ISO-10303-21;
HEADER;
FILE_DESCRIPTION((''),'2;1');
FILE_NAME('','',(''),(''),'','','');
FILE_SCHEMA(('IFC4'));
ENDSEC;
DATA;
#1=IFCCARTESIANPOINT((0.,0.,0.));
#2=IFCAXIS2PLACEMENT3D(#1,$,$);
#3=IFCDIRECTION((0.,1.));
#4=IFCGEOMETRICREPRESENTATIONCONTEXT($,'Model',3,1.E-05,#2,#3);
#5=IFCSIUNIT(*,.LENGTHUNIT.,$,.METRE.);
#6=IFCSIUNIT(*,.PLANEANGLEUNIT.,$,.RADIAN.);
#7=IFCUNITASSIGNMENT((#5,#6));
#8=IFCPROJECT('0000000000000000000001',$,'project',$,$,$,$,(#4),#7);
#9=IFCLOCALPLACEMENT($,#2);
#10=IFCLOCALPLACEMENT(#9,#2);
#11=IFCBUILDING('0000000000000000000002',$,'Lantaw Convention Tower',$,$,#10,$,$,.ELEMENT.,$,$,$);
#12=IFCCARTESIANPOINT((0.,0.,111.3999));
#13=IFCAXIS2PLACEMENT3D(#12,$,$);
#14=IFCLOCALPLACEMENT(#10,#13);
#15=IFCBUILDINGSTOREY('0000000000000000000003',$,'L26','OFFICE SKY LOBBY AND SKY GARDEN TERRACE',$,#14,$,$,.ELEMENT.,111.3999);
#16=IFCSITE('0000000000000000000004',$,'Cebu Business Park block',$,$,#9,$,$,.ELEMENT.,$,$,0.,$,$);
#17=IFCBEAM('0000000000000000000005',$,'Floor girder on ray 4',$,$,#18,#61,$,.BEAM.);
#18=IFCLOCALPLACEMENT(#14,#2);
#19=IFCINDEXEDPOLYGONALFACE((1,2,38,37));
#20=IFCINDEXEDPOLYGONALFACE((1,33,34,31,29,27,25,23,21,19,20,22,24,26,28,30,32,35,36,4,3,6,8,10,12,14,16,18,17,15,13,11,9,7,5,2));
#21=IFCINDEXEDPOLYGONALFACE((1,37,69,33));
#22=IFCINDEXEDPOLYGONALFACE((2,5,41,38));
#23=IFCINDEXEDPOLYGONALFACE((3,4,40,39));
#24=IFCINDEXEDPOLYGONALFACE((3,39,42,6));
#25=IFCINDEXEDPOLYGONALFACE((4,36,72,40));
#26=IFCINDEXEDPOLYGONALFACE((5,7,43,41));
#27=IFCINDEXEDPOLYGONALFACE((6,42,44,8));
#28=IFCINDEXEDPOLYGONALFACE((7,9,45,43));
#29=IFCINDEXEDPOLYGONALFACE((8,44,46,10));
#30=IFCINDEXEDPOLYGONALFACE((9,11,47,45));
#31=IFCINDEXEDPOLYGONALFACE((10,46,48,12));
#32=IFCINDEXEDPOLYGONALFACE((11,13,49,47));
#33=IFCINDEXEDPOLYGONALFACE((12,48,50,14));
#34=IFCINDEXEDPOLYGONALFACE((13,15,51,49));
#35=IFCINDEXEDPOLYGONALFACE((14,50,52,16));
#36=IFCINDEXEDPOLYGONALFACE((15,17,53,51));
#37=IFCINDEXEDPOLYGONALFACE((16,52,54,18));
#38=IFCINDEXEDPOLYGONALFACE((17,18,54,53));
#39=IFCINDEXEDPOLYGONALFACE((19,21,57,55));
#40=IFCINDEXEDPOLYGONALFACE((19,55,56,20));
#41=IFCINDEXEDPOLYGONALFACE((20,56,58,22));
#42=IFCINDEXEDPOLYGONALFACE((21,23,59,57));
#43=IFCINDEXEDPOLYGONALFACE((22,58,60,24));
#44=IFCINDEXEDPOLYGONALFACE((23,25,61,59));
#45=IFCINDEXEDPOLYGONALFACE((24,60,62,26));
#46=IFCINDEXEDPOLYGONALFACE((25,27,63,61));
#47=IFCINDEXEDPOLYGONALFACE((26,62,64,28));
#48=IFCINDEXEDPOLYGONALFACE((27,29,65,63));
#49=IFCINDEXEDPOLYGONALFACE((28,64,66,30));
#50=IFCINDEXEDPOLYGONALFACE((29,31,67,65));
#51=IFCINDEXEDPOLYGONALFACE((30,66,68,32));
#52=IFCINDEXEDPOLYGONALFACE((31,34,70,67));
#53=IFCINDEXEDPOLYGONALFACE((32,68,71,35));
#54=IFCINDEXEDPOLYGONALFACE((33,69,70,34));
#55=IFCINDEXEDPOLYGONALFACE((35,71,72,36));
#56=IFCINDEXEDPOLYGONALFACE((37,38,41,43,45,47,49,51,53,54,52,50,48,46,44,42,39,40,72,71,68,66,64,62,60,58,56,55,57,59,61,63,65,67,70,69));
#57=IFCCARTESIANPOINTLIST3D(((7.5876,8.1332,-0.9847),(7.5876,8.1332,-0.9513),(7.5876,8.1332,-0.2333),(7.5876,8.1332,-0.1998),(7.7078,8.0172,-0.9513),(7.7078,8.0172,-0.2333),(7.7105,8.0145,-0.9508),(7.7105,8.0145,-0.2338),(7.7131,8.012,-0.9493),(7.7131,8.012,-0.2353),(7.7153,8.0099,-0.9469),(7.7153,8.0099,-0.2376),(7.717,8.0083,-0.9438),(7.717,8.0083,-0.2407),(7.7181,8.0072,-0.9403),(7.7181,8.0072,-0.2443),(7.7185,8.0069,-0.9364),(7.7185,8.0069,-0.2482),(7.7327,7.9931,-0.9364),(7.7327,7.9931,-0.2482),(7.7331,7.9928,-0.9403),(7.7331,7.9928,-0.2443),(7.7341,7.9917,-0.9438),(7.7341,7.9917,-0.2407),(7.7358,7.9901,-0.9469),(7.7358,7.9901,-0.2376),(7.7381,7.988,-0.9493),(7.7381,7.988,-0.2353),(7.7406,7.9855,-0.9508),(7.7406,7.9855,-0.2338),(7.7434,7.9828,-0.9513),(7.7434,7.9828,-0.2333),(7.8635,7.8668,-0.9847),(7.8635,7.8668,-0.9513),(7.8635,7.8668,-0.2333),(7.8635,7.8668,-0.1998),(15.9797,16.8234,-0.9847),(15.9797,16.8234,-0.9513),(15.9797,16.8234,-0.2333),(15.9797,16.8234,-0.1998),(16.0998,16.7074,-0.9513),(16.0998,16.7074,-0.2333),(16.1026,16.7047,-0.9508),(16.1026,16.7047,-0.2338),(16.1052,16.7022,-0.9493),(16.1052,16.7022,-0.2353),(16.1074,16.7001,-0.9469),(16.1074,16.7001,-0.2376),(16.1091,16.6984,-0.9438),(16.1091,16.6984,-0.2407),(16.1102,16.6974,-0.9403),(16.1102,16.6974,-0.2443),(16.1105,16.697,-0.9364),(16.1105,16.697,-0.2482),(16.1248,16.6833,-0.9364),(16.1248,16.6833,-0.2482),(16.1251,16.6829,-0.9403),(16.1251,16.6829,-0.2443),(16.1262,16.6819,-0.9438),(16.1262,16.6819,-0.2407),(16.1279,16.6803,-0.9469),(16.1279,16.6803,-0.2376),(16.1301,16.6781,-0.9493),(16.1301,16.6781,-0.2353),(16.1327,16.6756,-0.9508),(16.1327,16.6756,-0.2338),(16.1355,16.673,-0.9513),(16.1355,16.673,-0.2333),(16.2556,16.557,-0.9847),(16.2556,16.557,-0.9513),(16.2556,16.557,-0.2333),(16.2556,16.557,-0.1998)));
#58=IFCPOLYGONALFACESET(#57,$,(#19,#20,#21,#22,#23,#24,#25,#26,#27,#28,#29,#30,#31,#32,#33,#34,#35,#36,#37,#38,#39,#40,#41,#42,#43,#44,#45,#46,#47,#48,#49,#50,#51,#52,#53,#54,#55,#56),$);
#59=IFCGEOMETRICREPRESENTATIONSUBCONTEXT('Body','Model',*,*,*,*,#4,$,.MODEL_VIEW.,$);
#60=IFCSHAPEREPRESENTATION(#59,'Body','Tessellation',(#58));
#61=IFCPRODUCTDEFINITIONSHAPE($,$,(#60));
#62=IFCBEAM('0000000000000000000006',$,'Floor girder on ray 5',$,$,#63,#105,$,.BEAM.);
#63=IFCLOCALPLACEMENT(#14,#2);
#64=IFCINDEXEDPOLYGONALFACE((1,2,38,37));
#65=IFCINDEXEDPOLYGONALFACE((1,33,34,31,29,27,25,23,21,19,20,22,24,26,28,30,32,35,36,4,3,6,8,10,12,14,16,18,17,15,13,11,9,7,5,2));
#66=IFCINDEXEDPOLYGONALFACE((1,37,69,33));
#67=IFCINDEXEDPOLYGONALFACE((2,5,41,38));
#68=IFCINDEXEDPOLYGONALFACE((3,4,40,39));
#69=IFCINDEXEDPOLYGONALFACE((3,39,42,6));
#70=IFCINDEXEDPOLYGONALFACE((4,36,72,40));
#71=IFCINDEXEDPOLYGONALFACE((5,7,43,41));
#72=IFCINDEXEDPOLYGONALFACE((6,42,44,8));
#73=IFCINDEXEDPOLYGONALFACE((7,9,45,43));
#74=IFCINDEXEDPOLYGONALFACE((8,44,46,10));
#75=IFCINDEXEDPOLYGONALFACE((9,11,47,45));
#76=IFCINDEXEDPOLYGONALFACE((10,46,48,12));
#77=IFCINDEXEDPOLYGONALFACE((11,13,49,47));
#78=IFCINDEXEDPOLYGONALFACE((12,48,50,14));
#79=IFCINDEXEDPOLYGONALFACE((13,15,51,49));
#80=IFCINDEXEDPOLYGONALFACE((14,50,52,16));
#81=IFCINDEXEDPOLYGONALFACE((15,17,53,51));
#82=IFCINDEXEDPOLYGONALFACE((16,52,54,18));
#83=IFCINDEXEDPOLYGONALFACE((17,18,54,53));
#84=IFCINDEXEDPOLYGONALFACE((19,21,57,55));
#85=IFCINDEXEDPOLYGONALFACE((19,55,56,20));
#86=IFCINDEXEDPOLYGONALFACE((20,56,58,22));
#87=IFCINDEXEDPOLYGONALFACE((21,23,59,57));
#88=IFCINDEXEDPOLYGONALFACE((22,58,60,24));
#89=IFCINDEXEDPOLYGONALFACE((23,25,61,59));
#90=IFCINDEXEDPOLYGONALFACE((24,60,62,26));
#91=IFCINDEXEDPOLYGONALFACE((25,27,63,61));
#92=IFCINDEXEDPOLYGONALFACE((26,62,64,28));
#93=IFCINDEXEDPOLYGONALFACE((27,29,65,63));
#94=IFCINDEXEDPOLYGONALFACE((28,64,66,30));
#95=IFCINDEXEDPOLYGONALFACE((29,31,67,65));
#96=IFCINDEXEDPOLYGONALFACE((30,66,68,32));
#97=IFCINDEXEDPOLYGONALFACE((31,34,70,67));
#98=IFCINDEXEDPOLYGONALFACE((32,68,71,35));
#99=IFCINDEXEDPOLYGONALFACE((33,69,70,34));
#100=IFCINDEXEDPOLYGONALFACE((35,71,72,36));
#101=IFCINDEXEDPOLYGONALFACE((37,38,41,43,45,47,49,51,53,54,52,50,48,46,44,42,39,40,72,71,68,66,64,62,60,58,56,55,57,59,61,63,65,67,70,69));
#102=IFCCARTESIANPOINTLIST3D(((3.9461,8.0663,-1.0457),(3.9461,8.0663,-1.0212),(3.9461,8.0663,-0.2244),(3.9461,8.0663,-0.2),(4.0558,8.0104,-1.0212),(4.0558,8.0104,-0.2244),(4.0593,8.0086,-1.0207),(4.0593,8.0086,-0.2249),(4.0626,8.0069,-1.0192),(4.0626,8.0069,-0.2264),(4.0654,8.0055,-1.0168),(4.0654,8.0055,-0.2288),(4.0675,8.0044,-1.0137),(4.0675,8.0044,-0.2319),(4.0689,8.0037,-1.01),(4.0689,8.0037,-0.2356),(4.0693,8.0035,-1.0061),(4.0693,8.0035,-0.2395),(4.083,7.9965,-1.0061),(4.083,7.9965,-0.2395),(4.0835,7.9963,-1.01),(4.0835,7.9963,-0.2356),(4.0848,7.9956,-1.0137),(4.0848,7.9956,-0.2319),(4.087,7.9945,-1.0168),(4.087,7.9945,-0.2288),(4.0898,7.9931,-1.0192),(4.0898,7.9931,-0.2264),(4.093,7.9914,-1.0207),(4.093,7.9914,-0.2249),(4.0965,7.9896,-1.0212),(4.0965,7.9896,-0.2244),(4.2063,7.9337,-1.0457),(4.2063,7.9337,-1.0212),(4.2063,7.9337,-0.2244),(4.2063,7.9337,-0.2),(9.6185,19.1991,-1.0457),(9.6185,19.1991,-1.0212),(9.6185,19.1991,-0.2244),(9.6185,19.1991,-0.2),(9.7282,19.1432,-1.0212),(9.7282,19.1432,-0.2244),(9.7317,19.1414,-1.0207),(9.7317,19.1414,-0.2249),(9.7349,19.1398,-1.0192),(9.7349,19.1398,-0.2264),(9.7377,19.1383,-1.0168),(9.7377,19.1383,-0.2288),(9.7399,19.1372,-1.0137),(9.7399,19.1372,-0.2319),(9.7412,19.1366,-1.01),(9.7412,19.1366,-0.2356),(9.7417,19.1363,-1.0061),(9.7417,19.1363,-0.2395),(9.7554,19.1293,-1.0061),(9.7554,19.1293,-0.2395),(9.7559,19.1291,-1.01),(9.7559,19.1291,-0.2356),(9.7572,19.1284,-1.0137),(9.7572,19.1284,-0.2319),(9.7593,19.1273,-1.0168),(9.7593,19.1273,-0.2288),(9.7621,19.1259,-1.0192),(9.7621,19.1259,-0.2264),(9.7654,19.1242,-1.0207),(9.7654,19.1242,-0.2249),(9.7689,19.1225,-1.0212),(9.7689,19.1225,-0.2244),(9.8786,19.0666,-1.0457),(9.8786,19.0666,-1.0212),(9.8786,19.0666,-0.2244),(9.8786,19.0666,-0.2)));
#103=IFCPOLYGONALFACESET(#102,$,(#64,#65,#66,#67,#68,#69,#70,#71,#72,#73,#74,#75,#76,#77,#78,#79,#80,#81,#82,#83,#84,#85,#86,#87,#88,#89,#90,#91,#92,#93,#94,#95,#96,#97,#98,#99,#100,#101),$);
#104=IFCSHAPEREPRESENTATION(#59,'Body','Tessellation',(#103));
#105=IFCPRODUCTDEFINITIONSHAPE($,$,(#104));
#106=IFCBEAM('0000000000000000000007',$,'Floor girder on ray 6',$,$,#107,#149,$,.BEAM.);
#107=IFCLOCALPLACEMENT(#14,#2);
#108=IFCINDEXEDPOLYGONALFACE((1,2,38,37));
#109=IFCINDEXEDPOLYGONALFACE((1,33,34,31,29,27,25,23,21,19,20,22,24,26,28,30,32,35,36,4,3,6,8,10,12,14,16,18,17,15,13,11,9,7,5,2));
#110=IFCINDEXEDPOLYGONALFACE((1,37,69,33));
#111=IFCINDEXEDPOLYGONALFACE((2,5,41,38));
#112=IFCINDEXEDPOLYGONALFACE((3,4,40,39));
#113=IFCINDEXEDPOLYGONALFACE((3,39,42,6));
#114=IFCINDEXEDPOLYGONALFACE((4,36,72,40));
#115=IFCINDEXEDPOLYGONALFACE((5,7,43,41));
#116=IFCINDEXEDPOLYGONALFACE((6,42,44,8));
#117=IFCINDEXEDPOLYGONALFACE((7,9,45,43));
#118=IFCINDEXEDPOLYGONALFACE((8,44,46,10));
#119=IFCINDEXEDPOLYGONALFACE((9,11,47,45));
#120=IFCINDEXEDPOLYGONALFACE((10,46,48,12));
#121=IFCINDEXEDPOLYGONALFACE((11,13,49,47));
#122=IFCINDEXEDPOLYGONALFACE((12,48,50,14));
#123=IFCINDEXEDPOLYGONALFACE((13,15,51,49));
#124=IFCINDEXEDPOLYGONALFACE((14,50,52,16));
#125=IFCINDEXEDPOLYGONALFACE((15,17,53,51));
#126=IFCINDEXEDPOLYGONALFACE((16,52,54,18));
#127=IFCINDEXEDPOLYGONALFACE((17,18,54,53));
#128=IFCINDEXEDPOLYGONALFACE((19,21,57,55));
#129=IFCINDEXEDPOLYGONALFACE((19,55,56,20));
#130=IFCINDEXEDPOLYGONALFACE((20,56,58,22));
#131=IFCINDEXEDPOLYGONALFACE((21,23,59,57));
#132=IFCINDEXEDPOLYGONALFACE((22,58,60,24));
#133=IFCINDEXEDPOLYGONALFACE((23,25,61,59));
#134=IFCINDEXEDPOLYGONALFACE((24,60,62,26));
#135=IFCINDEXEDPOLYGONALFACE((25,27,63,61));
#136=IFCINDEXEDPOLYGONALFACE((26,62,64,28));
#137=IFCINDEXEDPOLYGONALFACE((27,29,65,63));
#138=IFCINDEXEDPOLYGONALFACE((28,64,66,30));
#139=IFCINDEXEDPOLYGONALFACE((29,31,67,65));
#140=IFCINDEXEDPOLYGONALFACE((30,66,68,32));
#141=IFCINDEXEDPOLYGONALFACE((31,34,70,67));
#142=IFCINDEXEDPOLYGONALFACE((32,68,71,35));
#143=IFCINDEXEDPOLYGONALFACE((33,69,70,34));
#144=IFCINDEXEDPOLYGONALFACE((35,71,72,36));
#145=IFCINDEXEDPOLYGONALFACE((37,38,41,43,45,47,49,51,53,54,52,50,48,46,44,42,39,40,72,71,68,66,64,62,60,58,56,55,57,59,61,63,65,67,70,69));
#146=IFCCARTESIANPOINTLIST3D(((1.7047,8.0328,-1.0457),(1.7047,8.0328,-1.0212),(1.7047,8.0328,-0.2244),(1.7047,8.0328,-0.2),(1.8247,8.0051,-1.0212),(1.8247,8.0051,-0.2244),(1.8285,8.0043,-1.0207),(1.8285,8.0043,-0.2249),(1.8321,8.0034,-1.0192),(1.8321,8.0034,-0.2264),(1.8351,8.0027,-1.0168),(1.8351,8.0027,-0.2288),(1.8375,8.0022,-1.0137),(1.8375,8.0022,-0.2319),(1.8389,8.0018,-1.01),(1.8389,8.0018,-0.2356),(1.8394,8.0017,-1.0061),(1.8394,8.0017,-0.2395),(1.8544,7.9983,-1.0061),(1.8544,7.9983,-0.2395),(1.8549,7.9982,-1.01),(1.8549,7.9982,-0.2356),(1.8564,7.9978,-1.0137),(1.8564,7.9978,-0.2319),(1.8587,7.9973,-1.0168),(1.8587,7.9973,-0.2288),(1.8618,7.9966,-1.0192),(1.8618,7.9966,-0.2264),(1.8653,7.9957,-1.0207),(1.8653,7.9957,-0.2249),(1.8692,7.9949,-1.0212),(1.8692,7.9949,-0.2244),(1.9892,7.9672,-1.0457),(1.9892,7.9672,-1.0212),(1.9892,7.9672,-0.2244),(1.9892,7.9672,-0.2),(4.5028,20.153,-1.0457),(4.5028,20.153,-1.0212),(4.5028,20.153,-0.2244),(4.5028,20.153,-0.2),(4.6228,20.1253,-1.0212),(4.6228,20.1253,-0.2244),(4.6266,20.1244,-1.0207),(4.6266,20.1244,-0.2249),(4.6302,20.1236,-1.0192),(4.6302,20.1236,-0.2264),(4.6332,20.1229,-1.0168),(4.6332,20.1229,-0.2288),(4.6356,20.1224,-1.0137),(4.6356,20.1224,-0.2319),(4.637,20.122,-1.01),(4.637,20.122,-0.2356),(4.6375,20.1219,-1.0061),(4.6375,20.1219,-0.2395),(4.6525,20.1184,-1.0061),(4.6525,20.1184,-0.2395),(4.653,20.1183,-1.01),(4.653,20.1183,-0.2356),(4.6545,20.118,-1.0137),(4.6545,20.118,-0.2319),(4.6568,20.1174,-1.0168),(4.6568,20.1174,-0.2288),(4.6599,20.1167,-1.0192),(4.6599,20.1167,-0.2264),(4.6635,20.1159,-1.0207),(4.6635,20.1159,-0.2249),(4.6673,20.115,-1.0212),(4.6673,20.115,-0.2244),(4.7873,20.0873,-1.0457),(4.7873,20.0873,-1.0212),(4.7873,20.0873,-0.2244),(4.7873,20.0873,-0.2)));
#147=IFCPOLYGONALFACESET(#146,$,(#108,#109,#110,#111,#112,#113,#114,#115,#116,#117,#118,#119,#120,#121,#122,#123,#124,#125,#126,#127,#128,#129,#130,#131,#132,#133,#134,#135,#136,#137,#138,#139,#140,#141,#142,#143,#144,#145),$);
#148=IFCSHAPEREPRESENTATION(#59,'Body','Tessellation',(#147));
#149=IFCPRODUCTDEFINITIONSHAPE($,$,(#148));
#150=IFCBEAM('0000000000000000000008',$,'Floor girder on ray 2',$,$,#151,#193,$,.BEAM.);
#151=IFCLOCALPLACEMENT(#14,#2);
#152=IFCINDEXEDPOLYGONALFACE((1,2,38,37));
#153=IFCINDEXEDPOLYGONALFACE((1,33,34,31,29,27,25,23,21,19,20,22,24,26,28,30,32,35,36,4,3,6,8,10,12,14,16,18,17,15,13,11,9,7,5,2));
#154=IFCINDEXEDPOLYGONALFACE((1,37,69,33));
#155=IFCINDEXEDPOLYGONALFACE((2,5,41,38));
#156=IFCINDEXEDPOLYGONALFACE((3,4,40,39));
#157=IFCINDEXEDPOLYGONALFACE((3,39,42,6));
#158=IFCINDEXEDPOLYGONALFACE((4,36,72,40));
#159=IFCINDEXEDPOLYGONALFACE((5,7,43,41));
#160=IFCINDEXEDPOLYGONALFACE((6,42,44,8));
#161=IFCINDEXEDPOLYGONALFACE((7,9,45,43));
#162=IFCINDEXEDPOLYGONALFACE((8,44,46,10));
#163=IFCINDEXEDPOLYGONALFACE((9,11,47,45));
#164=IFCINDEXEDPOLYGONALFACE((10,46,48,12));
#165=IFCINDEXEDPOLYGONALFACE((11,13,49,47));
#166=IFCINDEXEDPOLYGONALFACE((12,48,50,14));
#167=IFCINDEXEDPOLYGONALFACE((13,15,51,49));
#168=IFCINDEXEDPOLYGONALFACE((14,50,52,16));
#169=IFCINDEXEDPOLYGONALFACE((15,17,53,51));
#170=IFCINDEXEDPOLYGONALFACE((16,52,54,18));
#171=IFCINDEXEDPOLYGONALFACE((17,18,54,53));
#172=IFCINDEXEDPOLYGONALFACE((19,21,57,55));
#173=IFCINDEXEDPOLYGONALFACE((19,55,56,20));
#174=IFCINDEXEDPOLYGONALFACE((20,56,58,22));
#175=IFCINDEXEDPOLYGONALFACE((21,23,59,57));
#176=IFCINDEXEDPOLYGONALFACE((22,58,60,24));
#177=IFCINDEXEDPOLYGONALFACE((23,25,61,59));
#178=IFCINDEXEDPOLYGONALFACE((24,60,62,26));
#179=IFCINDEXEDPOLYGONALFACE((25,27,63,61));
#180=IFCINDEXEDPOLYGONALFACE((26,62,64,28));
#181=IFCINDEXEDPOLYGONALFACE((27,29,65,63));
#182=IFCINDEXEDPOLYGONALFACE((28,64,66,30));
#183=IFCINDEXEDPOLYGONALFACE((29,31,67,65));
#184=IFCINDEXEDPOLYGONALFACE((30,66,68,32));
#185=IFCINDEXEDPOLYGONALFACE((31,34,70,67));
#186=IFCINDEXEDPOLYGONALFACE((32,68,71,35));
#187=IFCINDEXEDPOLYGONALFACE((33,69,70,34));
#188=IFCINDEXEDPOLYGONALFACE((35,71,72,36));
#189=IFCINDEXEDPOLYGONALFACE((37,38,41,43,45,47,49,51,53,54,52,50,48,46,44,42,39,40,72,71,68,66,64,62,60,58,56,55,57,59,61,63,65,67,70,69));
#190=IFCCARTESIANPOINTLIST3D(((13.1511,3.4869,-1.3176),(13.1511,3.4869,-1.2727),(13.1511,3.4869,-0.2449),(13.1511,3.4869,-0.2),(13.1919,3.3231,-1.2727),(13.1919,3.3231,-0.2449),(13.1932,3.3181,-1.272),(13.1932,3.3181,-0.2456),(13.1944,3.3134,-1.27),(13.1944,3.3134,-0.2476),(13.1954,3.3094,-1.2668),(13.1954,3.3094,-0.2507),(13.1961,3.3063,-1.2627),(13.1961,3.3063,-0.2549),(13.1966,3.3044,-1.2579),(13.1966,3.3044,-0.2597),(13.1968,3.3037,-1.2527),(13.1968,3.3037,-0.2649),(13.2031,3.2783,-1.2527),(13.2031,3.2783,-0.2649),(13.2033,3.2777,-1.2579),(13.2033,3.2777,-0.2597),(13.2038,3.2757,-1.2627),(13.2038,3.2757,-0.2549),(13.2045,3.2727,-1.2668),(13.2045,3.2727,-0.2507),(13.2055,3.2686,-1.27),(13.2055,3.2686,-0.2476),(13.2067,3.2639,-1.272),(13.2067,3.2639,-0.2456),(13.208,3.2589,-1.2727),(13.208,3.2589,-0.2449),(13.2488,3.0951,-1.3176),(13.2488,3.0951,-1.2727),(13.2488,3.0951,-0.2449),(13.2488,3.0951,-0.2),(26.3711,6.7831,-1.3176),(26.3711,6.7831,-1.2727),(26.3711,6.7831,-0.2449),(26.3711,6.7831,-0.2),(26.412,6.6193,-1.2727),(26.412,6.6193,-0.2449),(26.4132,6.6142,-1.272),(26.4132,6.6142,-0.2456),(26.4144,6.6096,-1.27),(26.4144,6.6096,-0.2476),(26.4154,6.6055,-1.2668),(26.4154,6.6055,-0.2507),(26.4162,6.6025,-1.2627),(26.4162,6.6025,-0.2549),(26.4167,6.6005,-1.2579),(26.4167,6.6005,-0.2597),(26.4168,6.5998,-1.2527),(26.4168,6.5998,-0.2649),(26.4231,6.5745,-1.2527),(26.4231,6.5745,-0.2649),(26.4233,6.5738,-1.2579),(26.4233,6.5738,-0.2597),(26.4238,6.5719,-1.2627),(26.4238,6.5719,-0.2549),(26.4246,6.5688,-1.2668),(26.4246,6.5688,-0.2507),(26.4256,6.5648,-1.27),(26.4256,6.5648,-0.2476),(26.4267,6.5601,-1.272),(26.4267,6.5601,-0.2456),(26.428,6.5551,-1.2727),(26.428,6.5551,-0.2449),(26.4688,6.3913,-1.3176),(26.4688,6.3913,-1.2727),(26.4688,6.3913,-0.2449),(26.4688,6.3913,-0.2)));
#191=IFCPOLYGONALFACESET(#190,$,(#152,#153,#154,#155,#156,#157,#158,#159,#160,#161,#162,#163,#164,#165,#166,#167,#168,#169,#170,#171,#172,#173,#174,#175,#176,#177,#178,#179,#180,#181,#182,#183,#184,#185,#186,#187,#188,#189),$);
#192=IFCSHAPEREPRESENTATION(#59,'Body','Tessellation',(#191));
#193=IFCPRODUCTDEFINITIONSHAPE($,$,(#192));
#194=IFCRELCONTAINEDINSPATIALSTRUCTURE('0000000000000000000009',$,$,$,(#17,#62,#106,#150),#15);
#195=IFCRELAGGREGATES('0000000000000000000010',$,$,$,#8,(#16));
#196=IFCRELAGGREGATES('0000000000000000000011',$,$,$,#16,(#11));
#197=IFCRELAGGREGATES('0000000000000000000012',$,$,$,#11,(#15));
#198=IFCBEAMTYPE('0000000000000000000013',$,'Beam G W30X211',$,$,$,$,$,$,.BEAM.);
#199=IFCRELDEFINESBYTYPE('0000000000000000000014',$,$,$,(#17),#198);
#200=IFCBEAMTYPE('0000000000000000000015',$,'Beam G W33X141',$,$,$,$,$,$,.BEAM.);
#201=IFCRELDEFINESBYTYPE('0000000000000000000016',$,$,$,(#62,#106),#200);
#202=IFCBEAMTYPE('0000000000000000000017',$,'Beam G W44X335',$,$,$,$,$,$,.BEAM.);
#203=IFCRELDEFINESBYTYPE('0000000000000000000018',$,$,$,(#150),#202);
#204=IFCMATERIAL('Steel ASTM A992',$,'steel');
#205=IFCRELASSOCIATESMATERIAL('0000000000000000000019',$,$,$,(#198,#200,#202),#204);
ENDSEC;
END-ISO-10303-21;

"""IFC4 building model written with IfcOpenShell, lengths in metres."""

from ifc_helpers import new_model, si_unit, direction, frame, origin, origin_2d, place, context, subcontext, project, spatial, i_section, extrude, material, material_profile, profile_set, type_object, element, save


model = new_model("IFC4")

# Units and contexts
model_context = context("Model", 3, precision=1e-05, world=origin(), true_north=direction((0.0, 1.0)))
body_context = subcontext(model_context, "Body", "Model", "MODEL_VIEW")
ifc_project = project(units=[si_unit("LENGTHUNIT", "METRE"), si_unit("PLANEANGLEUNIT", "RADIAN")], contexts=[model_context])

# Site, building, storey
site_placement = place(None, origin())
site = spatial("IfcSite", under=ifc_project, at=site_placement, Name="Cebu Business Park block", CompositionType="ELEMENT", RefElevation=0.0)
building_placement = place(site_placement, origin())
building = spatial("IfcBuilding", under=site, at=building_placement, Name="Lantaw Convention Tower", CompositionType="ELEMENT")
storey_placement = place(building_placement, frame((0.0, 0.0, 111.3999)))
storey = spatial("IfcBuildingStorey", under=building, at=storey_placement, Name="L26", Description="OFFICE SKY LOBBY AND SKY GARDEN TERRACE", CompositionType="ELEMENT", Elevation=111.3999)

# Beams
ifc_material_1 = material(Name="Steel ASTM A992", Category="steel")
ifc_material_profile_1 = material_profile(ifc_material_1, i_section(OverallWidth=0.3835, OverallDepth=0.7849, WebThickness=0.0198, FlangeThickness=0.0334, FilletRadius=0.0149, at=origin_2d()), Name="W30X211")
ifc_profile_set_1 = profile_set([ifc_material_profile_1], Name="Steel ASTM A992")
beam_type_1 = type_object("IfcBeamType", Name="Beam G W30X211", PredefinedType="BEAM", material=ifc_profile_set_1)
beam_1_placement = place(storey_placement, frame((7.7256, 8.0, -0.5923), z_axis=(0.694662, 0.719337, 0.0), x_axis=(-0.719337, 0.694662, 0.0)))
element("IfcBeam", 1, at=beam_1_placement, inside=storey, type_object=beam_type_1, Name="Floor girder on ray 4", PredefinedType="BEAM", context=body_context, shape_type="SweptSolid", body=[
    extrude(i_section(OverallWidth=0.3835, OverallDepth=0.7849, WebThickness=0.0198, FlangeThickness=0.0334, FilletRadius=0.0149, at=origin_2d()), origin(), (0.0, 0.0, 1.0), 12.0808),
])
ifc_material_profile_2 = material_profile(ifc_material_1, i_section(OverallWidth=0.292, OverallDepth=0.8457, WebThickness=0.0154, FlangeThickness=0.0244, FilletRadius=0.0151, at=origin_2d()), Name="W33X141")
ifc_profile_set_2 = profile_set([ifc_material_profile_2], Name="Steel ASTM A992")
beam_type_2 = type_object("IfcBeamType", Name="Beam G W33X141", PredefinedType="BEAM", material=ifc_profile_set_2)
beam_2_placement = place(storey_placement, frame((4.0762, 8.0, -0.6228), z_axis=(0.453985, 0.891009, 0.0), x_axis=(-0.891009, 0.453985, 0.0)))
element("IfcBeam", 2, at=beam_2_placement, inside=storey, type_object=beam_type_2, Name="Floor girder on ray 5", PredefinedType="BEAM", context=body_context, shape_type="SweptSolid", body=[
    extrude(i_section(OverallWidth=0.292, OverallDepth=0.8457, WebThickness=0.0154, FlangeThickness=0.0244, FilletRadius=0.0151, at=origin_2d()), origin(), (0.0, 0.0, 1.0), 12.4946),
])
beam_3_placement = place(storey_placement, frame((1.8469, 8.0, -0.6228), z_axis=(0.224947, 0.974371, 0.0), x_axis=(-0.974371, 0.224947, 0.0)))
element("IfcBeam", 3, at=beam_3_placement, inside=storey, type_object=beam_type_2, Name="Floor girder on ray 6", PredefinedType="BEAM", context=body_context, shape_type="SweptSolid", body=[
    extrude(i_section(OverallWidth=0.292, OverallDepth=0.8457, WebThickness=0.0154, FlangeThickness=0.0244, FilletRadius=0.0151, at=origin_2d()), origin(), (0.0, 0.0, 1.0), 12.439),
])
ifc_material_profile_3 = material_profile(ifc_material_1, i_section(OverallWidth=0.4038, OverallDepth=1.1177, WebThickness=0.0261, FlangeThickness=0.0449, FilletRadius=0.02, at=origin_2d()), Name="W44X335")
ifc_profile_set_3 = profile_set([ifc_material_profile_3], Name="Steel ASTM A992")
beam_type_3 = type_object("IfcBeamType", Name="Beam G W44X335", PredefinedType="BEAM", material=ifc_profile_set_3)
beam_4_placement = place(storey_placement, frame((13.2, 3.291, -0.7588), z_axis=(0.970295, 0.241924, 0.0), x_axis=(-0.241924, 0.970295, 0.0)))
element("IfcBeam", 4, at=beam_4_placement, inside=storey, type_object=beam_type_3, Name="Floor girder on ray 2", PredefinedType="BEAM", context=body_context, shape_type="SweptSolid", body=[
    extrude(i_section(OverallWidth=0.4038, OverallDepth=1.1177, WebThickness=0.0261, FlangeThickness=0.0449, FilletRadius=0.02, at=origin_2d()), origin(), (0.0, 0.0, 1.0), 13.6248),
])

save(model, "model.ifc")
